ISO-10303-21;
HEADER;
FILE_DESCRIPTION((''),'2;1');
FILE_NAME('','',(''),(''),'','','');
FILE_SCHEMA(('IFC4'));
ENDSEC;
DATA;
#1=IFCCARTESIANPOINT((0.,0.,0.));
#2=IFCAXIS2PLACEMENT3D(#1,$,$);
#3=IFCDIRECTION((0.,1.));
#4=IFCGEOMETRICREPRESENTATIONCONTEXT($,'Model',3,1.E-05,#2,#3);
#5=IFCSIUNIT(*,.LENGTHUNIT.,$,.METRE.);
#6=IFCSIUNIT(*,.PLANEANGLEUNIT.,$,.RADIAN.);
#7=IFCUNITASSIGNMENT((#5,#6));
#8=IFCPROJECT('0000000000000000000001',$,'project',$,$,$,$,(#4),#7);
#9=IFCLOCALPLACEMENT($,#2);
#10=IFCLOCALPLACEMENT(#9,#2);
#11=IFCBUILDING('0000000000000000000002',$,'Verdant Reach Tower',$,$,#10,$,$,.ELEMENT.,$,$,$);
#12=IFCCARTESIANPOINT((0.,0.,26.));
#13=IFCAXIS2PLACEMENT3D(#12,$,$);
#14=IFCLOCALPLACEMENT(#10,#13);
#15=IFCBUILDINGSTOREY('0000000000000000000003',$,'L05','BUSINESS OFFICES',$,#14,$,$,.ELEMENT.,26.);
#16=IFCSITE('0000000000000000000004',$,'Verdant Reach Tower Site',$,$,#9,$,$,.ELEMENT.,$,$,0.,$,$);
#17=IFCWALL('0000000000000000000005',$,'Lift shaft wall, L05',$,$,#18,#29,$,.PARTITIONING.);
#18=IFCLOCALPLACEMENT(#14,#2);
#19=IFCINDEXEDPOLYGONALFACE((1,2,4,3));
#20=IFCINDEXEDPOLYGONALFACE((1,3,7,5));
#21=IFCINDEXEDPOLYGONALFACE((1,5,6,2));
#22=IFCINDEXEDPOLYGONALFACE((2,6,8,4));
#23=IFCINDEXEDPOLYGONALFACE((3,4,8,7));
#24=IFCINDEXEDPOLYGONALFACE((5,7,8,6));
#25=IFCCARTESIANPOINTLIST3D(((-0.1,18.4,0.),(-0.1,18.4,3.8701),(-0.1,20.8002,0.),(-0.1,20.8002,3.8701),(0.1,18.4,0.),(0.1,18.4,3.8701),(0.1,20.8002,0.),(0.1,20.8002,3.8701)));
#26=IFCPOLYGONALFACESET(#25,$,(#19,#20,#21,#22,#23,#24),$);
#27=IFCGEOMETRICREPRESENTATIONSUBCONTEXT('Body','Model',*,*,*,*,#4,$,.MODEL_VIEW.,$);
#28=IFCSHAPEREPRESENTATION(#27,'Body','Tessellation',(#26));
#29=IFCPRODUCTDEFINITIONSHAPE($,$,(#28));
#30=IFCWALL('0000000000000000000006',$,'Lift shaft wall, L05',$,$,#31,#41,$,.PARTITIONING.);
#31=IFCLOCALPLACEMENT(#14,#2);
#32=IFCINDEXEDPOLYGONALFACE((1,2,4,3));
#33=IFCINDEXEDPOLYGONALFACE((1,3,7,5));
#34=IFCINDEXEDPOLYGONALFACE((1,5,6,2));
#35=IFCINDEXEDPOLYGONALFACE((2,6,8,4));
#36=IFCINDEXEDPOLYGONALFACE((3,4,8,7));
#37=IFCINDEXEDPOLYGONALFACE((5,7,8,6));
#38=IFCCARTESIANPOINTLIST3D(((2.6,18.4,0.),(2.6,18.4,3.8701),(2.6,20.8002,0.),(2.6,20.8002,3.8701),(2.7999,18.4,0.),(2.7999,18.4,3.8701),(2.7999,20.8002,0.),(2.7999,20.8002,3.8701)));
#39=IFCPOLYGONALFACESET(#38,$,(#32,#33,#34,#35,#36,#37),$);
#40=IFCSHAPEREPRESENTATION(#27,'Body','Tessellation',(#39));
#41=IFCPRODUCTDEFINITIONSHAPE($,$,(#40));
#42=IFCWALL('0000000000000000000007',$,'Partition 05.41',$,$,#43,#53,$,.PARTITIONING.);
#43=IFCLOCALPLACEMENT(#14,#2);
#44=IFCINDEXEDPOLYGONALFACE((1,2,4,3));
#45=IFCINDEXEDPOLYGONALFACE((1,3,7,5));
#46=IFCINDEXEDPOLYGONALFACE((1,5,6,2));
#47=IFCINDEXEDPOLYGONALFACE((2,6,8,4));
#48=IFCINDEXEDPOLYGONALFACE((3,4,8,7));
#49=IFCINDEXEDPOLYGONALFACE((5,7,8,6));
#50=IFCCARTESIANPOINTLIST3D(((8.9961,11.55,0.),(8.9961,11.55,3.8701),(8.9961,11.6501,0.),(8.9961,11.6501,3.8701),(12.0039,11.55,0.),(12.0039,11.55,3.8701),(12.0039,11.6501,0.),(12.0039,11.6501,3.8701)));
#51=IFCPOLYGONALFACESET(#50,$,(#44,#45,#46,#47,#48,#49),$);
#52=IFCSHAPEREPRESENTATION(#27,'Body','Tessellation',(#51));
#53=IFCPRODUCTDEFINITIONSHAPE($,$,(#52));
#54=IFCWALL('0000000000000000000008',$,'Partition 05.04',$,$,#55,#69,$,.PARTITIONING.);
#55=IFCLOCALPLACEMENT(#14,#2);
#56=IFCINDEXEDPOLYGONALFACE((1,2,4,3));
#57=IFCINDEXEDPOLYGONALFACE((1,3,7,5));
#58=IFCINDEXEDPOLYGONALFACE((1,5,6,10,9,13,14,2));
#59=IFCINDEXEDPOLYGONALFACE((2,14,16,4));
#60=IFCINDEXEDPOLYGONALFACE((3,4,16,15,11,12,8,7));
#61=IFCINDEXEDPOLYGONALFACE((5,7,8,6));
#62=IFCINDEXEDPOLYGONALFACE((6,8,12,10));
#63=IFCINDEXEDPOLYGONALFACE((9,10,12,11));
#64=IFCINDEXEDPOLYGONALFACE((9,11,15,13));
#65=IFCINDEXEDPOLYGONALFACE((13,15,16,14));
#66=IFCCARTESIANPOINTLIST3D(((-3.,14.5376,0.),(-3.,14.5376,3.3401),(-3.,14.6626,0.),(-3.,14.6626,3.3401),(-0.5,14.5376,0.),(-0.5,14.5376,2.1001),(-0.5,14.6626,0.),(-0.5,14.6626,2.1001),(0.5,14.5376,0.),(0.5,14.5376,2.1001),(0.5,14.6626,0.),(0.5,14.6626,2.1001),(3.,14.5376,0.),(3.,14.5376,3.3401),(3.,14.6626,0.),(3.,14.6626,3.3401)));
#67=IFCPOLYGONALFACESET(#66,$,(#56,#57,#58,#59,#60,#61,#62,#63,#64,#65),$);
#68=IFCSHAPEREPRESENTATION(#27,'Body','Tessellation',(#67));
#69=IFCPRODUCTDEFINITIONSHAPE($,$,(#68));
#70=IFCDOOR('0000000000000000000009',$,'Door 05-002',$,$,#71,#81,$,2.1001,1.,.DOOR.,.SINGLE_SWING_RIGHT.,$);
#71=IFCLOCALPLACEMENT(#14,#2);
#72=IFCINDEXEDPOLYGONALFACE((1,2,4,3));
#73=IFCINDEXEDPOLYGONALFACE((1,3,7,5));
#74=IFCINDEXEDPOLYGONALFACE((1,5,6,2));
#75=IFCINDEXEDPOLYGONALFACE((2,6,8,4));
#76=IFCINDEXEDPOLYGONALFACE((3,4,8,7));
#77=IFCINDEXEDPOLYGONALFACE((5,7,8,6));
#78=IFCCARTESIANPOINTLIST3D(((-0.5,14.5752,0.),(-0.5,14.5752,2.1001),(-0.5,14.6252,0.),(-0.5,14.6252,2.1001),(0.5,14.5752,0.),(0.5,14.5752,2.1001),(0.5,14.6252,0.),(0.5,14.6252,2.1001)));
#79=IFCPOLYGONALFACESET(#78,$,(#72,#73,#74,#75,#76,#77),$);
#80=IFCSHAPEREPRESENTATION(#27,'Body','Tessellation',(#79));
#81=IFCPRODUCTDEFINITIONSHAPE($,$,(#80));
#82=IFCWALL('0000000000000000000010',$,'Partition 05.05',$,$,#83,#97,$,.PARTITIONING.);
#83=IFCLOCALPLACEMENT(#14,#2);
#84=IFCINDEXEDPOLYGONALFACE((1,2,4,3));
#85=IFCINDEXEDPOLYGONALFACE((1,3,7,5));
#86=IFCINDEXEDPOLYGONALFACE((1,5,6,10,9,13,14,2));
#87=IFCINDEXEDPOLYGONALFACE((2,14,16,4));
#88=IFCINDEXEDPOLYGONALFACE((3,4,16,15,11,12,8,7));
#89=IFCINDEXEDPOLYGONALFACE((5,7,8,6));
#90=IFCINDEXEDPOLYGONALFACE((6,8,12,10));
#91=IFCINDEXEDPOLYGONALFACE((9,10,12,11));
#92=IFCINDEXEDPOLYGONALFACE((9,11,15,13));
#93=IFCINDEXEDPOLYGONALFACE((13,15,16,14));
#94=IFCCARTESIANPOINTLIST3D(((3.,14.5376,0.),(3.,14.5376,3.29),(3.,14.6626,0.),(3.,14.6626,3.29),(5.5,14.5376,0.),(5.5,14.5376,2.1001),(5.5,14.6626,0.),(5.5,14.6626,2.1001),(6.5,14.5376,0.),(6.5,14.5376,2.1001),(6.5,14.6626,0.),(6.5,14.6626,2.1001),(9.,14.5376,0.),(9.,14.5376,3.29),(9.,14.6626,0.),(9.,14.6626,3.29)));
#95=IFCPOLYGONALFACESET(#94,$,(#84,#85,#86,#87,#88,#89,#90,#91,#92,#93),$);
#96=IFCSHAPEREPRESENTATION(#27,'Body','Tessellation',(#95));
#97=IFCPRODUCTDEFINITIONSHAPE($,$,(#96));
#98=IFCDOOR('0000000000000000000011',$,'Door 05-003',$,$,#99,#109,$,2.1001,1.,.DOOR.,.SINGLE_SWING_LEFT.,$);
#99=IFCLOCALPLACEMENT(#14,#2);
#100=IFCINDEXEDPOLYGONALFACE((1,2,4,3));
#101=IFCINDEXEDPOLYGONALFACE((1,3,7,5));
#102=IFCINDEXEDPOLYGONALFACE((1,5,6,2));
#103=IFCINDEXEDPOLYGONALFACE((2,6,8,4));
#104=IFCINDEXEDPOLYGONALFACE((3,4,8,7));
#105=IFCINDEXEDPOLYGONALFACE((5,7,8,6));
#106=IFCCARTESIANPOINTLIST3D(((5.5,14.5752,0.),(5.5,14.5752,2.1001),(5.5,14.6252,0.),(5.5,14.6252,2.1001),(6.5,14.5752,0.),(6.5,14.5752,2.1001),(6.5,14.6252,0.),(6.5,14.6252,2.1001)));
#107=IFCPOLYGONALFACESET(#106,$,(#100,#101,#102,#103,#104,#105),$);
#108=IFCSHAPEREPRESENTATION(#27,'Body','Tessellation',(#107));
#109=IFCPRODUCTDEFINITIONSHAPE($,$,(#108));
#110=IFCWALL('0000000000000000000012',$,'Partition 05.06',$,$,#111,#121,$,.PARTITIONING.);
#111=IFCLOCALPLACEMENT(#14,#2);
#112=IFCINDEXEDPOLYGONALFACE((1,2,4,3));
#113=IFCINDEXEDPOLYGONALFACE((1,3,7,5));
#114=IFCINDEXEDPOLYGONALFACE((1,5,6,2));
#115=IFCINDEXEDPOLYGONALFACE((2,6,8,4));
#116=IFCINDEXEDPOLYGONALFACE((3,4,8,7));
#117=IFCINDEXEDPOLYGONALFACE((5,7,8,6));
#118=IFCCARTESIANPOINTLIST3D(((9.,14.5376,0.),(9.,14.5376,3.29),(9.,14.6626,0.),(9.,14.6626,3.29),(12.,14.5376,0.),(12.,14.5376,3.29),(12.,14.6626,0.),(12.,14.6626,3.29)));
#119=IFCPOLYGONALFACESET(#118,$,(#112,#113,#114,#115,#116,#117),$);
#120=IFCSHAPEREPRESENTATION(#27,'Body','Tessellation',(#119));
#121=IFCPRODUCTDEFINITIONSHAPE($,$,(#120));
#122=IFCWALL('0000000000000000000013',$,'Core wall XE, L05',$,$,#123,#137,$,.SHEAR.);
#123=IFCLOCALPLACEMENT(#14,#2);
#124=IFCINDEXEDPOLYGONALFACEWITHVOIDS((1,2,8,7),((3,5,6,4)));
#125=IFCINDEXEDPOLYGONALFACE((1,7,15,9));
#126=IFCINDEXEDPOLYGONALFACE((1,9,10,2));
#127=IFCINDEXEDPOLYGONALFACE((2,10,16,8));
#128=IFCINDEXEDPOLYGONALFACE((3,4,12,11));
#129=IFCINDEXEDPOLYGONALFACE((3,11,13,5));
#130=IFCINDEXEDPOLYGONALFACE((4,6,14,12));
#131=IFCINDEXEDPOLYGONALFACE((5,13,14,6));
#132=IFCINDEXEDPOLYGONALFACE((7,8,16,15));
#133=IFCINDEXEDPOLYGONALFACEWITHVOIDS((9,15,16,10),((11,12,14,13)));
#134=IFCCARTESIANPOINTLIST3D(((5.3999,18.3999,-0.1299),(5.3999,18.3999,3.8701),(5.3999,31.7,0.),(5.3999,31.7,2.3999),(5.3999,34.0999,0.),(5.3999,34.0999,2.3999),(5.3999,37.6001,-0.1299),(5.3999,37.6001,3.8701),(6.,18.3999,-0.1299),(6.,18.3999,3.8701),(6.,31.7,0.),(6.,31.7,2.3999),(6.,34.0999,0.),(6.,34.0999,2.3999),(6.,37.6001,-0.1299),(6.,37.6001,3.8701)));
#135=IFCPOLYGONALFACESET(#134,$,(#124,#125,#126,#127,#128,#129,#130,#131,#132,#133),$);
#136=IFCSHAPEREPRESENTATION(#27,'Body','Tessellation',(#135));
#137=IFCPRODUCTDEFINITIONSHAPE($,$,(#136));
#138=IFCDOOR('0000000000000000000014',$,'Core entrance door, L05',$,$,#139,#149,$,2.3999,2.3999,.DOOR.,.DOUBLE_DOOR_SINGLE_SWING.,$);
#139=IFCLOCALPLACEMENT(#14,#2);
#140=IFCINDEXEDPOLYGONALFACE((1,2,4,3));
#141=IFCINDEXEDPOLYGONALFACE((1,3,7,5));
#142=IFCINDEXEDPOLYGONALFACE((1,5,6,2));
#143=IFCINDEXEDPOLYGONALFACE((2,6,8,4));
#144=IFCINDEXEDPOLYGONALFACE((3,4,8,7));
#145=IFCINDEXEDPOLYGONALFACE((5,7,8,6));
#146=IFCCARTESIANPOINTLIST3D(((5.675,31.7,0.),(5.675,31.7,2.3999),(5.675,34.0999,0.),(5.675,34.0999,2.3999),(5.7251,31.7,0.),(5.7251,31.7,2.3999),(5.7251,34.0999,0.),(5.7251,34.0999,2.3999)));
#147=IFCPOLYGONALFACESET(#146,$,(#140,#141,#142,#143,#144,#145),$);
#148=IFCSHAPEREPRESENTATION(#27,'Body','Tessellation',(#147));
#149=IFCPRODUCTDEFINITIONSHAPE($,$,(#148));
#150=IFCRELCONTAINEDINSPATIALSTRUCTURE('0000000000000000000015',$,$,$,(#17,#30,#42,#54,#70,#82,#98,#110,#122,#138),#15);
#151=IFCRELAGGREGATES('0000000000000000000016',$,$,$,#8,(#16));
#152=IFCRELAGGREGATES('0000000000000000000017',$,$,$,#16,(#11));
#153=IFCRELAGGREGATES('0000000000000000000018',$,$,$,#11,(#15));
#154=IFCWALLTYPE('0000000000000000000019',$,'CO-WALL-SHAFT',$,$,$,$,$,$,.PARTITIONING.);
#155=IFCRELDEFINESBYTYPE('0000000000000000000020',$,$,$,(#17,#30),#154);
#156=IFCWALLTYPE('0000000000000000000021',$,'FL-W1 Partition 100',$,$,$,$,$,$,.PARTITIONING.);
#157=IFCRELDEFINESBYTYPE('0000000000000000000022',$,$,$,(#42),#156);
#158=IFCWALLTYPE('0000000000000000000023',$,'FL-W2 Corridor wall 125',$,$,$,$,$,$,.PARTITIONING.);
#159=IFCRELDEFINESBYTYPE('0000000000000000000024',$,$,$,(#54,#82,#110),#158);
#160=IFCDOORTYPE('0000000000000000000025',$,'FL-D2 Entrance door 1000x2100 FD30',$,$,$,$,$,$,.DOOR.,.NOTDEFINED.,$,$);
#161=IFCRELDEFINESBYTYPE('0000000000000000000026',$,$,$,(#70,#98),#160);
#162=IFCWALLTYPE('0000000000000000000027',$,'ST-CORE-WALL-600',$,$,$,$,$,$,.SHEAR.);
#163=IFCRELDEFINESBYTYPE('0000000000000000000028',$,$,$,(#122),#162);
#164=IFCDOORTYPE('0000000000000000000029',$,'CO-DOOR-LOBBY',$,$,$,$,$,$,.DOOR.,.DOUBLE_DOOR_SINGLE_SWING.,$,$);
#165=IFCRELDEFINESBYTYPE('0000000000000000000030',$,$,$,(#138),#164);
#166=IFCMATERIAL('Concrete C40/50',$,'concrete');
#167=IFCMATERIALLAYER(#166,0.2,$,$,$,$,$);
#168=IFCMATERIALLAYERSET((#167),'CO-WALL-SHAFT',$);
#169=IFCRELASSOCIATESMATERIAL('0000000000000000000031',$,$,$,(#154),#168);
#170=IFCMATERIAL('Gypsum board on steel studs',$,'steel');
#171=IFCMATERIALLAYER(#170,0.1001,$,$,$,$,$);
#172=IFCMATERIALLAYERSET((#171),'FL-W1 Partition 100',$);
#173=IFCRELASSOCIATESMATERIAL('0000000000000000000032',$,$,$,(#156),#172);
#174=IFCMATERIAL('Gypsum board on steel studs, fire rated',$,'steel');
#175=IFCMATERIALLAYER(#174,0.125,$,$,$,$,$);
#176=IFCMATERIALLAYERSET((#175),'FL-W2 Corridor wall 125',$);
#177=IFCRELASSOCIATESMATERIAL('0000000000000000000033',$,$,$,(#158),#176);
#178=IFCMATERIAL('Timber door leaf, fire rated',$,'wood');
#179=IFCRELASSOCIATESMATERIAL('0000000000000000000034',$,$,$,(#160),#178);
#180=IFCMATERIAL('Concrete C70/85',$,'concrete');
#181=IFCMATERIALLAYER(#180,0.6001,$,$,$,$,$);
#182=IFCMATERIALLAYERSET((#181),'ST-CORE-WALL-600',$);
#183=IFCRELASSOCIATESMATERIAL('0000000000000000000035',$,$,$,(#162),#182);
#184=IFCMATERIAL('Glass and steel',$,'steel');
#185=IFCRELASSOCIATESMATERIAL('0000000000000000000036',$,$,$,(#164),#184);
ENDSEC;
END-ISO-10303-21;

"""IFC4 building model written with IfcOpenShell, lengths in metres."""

from ifc_helpers import new_model, si_unit, direction, frame, frame_2d, origin, place, context, subcontext, project, spatial, rectangle, extrude, material, layer, layer_set, type_object, element, fill, save


model = new_model("IFC4")

# Units and contexts
model_context = context("Model", 3, precision=1e-05, world=origin(), true_north=direction((0.0, 1.0)))
body_context = subcontext(model_context, "Body", "Model", "MODEL_VIEW")
ifc_project = project(units=[si_unit("LENGTHUNIT", "METRE"), si_unit("PLANEANGLEUNIT", "RADIAN")], contexts=[model_context])

# Site, building, storey
site_placement = place(None, origin())
site = spatial("IfcSite", under=ifc_project, at=site_placement, Name="Verdant Reach Tower Site", CompositionType="ELEMENT", RefElevation=0.0)
building_placement = place(site_placement, origin())
building = spatial("IfcBuilding", under=site, at=building_placement, Name="Verdant Reach Tower", CompositionType="ELEMENT")
storey_placement = place(building_placement, frame((0.0, 0.0, 26.0)))
storey = spatial("IfcBuildingStorey", under=building, at=storey_placement, Name="L05", Description="BUSINESS OFFICES", CompositionType="ELEMENT", Elevation=26.0)

# Shared definitions
ifc_material_1 = material(Name="Gypsum board on steel studs", Category="steel")

# Walls
ifc_material_2 = material(Name="Concrete C40/50", Category="concrete")
ifc_layer_1 = layer(ifc_material_2, 0.2)
ifc_layer_set_1 = layer_set([ifc_layer_1], Name="CO-WALL-SHAFT")
wall_type_1 = type_object("IfcWallType", Name="CO-WALL-SHAFT", PredefinedType="PARTITIONING", material=ifc_layer_set_1)
for number, where, z_axis, x_axis, name in (
    (1, (0.0, 18.3999, 0.0), (0.0, 0.0, 1.0), (0.0, 1.0, 0.0), "Lift shaft wall, L05"),
    (2, (2.7, 18.3999, 0.0), (0.0, 0.0, 1.0), (0.0, 1.0, 0.0), "Lift shaft wall, L05"),
):
    element("IfcWall", number, at=place(storey_placement, frame(where, z_axis=z_axis, x_axis=x_axis)), inside=storey, type_object=wall_type_1, Name=name, PredefinedType="PARTITIONING", context=body_context, shape_type="SweptSolid", body=[
        extrude(rectangle(XDim=2.4001, YDim=0.2, at=frame_2d((1.2002, 0.0))), origin(), (0.0, 0.0, 1.0), 3.8701),
    ])
ifc_layer_2 = layer(ifc_material_1, 0.1001)
ifc_layer_set_2 = layer_set([ifc_layer_2], Name="FL-W1 Partition 100")
wall_type_2 = type_object("IfcWallType", Name="FL-W1 Partition 100", PredefinedType="PARTITIONING", material=ifc_layer_set_2)
wall_1_placement = place(storey_placement, frame((8.9961, 11.6001, 0.0), z_axis=(0.0, 0.0, 1.0), x_axis=(1.0, 0.0, 0.0)))
element("IfcWall", 3, at=wall_1_placement, inside=storey, type_object=wall_type_2, Name="Partition 05.41", PredefinedType="PARTITIONING", context=body_context, shape_type="SweptSolid", body=[
    extrude(rectangle(XDim=3.0078, YDim=0.1001, at=frame_2d((1.5039, 0.0))), origin(), (0.0, 0.0, 1.0), 3.8701),
])

# Walls, openings, doors
ifc_material_3 = material(Name="Gypsum board on steel studs, fire rated", Category="steel")
ifc_layer_3 = layer(ifc_material_3, 0.125)
ifc_layer_set_3 = layer_set([ifc_layer_3], Name="FL-W2 Corridor wall 125")
wall_type_3 = type_object("IfcWallType", Name="FL-W2 Corridor wall 125", PredefinedType="PARTITIONING", material=ifc_layer_set_3)
wall_2_placement = place(storey_placement, frame((3.0, 14.6001, 0.0), z_axis=(0.0, 0.0, 1.0), x_axis=(-1.0, 0.0, 0.0)))
wall_2 = element("IfcWall", 4, at=wall_2_placement, inside=storey, type_object=wall_type_3, Name="Partition 05.04", PredefinedType="PARTITIONING", context=body_context, shape_type="SweptSolid", body=[
    extrude(rectangle(XDim=6.0, YDim=0.125, at=frame_2d((3.0, 0.0))), origin(), (0.0, 0.0, 1.0), 3.3401),
])
opening_1_placement = place(wall_2_placement, frame((2.5, 0.0, 0.0)))
opening_1 = element("IfcOpeningElement", 5, at=opening_1_placement, cuts=wall_2, PredefinedType="OPENING", context=body_context, shape_type="SweptSolid", body=[
    extrude(rectangle(XDim=1.0, YDim=2.1001, at=frame_2d((0.5, 1.05))), frame((0.0, 0.0725, 0.0), z_axis=(0.0, -1.0, 0.0), x_axis=(1.0, 0.0, 0.0)), (0.0, 0.0, 1.0), 0.145),
])
ifc_material_4 = material(Name="Timber door leaf, fire rated", Category="wood")
door_type_1 = type_object("IfcDoorType", Name="FL-D2 Entrance door 1000x2100 FD30", OperationType="NOTDEFINED", PredefinedType="DOOR", material=ifc_material_4)
door_1_placement = place(opening_1_placement, origin())
door_1 = element("IfcDoor", 6, at=door_1_placement, inside=storey, type_object=door_type_1, Name="Door 05-002", OperationType="SINGLE_SWING_RIGHT", OverallHeight=2.1001, OverallWidth=1.0, PredefinedType="DOOR", context=body_context, shape_type="SweptSolid", body=[
    extrude(rectangle(XDim=1.0, YDim=2.1001, at=frame_2d((0.5, 1.05))), frame((0.0, 0.0249, 0.0), z_axis=(0.0, -1.0, 0.0), x_axis=(1.0, 0.0, 0.0)), (0.0, 0.0, 1.0), 0.05),
])
fill(opening_1, door_1)
wall_3_placement = place(storey_placement, frame((9.0, 14.6001, 0.0), z_axis=(0.0, 0.0, 1.0), x_axis=(-1.0, 0.0, 0.0)))
wall_3 = element("IfcWall", 7, at=wall_3_placement, inside=storey, type_object=wall_type_3, Name="Partition 05.05", PredefinedType="PARTITIONING", context=body_context, shape_type="SweptSolid", body=[
    extrude(rectangle(XDim=6.0, YDim=0.125, at=frame_2d((3.0, 0.0))), origin(), (0.0, 0.0, 1.0), 3.29),
])
opening_2_placement = place(wall_3_placement, frame((2.5, 0.0, 0.0)))
opening_2 = element("IfcOpeningElement", 8, at=opening_2_placement, cuts=wall_3, PredefinedType="OPENING", context=body_context, shape_type="SweptSolid", body=[
    extrude(rectangle(XDim=1.0, YDim=2.1001, at=frame_2d((0.5, 1.05))), frame((0.0, 0.0725, 0.0), z_axis=(0.0, -1.0, 0.0), x_axis=(1.0, 0.0, 0.0)), (0.0, 0.0, 1.0), 0.145),
])
door_2_placement = place(opening_2_placement, origin())
door_2 = element("IfcDoor", 9, at=door_2_placement, inside=storey, type_object=door_type_1, Name="Door 05-003", OperationType="SINGLE_SWING_LEFT", OverallHeight=2.1001, OverallWidth=1.0, PredefinedType="DOOR", context=body_context, shape_type="SweptSolid", body=[
    extrude(rectangle(XDim=1.0, YDim=2.1001, at=frame_2d((0.5, 1.05))), frame((0.0, 0.0249, 0.0), z_axis=(0.0, -1.0, 0.0), x_axis=(1.0, 0.0, 0.0)), (0.0, 0.0, 1.0), 0.05),
])
fill(opening_2, door_2)

# Wall
wall_4_placement = place(storey_placement, frame((9.0, 14.6001, 0.0), z_axis=(0.0, 0.0, 1.0), x_axis=(1.0, 0.0, 0.0)))
element("IfcWall", 10, at=wall_4_placement, inside=storey, type_object=wall_type_3, Name="Partition 05.06", PredefinedType="PARTITIONING", context=body_context, shape_type="SweptSolid", body=[
    extrude(rectangle(XDim=3.0, YDim=0.125, at=frame_2d((1.5, 0.0))), origin(), (0.0, 0.0, 1.0), 3.29),
])

# Wall, opening, door
ifc_material_5 = material(Name="Concrete C70/85", Category="concrete")
ifc_layer_4 = layer(ifc_material_5, 0.6001)
ifc_layer_set_4 = layer_set([ifc_layer_4], Name="ST-CORE-WALL-600")
wall_type_4 = type_object("IfcWallType", Name="ST-CORE-WALL-600", PredefinedType="SHEAR", material=ifc_layer_set_4)
wall_5_placement = place(storey_placement, frame((5.7, 18.3999, -0.1299), z_axis=(0.0, 0.0, 1.0), x_axis=(0.0, 1.0, 0.0)))
wall_5 = element("IfcWall", 11, at=wall_5_placement, inside=storey, type_object=wall_type_4, Name="Core wall XE, L05", PredefinedType="SHEAR", context=body_context, shape_type="SweptSolid", body=[
    extrude(rectangle(XDim=19.2002, YDim=0.6001, at=frame_2d((9.6001, 0.0))), origin(), (0.0, 0.0, 1.0), 4.0),
])
opening_3_placement = place(wall_5_placement, frame((13.3, 0.0, 0.1299)))
opening_3 = element("IfcOpeningElement", 12, at=opening_3_placement, cuts=wall_5, PredefinedType="OPENING", context=body_context, shape_type="SweptSolid", body=[
    extrude(rectangle(XDim=2.3999, YDim=2.3999, at=frame_2d((1.2, 1.2))), frame((0.0, 0.3101, 0.0), z_axis=(0.0, -1.0, 0.0), x_axis=(1.0, 0.0, 0.0)), (0.0, 0.0, 1.0), 0.6201),
])
ifc_material_6 = material(Name="Glass and steel", Category="steel")
door_type_2 = type_object("IfcDoorType", Name="CO-DOOR-LOBBY", OperationType="DOUBLE_DOOR_SINGLE_SWING", PredefinedType="DOOR", material=ifc_material_6)
door_3_placement = place(opening_3_placement, origin())
door_3 = element("IfcDoor", 13, at=door_3_placement, inside=storey, type_object=door_type_2, Name="Core entrance door, L05", OperationType="DOUBLE_DOOR_SINGLE_SWING", OverallHeight=2.3999, OverallWidth=2.3999, PredefinedType="DOOR", context=body_context, shape_type="SweptSolid", body=[
    extrude(rectangle(XDim=2.3999, YDim=2.3999, at=frame_2d((1.2, 1.2))), frame((0.0, 0.0249, 0.0), z_axis=(0.0, -1.0, 0.0), x_axis=(1.0, 0.0, 0.0)), (0.0, 0.0, 1.0), 0.05),
])
fill(opening_3, door_3)

save(model, "model.ifc")
